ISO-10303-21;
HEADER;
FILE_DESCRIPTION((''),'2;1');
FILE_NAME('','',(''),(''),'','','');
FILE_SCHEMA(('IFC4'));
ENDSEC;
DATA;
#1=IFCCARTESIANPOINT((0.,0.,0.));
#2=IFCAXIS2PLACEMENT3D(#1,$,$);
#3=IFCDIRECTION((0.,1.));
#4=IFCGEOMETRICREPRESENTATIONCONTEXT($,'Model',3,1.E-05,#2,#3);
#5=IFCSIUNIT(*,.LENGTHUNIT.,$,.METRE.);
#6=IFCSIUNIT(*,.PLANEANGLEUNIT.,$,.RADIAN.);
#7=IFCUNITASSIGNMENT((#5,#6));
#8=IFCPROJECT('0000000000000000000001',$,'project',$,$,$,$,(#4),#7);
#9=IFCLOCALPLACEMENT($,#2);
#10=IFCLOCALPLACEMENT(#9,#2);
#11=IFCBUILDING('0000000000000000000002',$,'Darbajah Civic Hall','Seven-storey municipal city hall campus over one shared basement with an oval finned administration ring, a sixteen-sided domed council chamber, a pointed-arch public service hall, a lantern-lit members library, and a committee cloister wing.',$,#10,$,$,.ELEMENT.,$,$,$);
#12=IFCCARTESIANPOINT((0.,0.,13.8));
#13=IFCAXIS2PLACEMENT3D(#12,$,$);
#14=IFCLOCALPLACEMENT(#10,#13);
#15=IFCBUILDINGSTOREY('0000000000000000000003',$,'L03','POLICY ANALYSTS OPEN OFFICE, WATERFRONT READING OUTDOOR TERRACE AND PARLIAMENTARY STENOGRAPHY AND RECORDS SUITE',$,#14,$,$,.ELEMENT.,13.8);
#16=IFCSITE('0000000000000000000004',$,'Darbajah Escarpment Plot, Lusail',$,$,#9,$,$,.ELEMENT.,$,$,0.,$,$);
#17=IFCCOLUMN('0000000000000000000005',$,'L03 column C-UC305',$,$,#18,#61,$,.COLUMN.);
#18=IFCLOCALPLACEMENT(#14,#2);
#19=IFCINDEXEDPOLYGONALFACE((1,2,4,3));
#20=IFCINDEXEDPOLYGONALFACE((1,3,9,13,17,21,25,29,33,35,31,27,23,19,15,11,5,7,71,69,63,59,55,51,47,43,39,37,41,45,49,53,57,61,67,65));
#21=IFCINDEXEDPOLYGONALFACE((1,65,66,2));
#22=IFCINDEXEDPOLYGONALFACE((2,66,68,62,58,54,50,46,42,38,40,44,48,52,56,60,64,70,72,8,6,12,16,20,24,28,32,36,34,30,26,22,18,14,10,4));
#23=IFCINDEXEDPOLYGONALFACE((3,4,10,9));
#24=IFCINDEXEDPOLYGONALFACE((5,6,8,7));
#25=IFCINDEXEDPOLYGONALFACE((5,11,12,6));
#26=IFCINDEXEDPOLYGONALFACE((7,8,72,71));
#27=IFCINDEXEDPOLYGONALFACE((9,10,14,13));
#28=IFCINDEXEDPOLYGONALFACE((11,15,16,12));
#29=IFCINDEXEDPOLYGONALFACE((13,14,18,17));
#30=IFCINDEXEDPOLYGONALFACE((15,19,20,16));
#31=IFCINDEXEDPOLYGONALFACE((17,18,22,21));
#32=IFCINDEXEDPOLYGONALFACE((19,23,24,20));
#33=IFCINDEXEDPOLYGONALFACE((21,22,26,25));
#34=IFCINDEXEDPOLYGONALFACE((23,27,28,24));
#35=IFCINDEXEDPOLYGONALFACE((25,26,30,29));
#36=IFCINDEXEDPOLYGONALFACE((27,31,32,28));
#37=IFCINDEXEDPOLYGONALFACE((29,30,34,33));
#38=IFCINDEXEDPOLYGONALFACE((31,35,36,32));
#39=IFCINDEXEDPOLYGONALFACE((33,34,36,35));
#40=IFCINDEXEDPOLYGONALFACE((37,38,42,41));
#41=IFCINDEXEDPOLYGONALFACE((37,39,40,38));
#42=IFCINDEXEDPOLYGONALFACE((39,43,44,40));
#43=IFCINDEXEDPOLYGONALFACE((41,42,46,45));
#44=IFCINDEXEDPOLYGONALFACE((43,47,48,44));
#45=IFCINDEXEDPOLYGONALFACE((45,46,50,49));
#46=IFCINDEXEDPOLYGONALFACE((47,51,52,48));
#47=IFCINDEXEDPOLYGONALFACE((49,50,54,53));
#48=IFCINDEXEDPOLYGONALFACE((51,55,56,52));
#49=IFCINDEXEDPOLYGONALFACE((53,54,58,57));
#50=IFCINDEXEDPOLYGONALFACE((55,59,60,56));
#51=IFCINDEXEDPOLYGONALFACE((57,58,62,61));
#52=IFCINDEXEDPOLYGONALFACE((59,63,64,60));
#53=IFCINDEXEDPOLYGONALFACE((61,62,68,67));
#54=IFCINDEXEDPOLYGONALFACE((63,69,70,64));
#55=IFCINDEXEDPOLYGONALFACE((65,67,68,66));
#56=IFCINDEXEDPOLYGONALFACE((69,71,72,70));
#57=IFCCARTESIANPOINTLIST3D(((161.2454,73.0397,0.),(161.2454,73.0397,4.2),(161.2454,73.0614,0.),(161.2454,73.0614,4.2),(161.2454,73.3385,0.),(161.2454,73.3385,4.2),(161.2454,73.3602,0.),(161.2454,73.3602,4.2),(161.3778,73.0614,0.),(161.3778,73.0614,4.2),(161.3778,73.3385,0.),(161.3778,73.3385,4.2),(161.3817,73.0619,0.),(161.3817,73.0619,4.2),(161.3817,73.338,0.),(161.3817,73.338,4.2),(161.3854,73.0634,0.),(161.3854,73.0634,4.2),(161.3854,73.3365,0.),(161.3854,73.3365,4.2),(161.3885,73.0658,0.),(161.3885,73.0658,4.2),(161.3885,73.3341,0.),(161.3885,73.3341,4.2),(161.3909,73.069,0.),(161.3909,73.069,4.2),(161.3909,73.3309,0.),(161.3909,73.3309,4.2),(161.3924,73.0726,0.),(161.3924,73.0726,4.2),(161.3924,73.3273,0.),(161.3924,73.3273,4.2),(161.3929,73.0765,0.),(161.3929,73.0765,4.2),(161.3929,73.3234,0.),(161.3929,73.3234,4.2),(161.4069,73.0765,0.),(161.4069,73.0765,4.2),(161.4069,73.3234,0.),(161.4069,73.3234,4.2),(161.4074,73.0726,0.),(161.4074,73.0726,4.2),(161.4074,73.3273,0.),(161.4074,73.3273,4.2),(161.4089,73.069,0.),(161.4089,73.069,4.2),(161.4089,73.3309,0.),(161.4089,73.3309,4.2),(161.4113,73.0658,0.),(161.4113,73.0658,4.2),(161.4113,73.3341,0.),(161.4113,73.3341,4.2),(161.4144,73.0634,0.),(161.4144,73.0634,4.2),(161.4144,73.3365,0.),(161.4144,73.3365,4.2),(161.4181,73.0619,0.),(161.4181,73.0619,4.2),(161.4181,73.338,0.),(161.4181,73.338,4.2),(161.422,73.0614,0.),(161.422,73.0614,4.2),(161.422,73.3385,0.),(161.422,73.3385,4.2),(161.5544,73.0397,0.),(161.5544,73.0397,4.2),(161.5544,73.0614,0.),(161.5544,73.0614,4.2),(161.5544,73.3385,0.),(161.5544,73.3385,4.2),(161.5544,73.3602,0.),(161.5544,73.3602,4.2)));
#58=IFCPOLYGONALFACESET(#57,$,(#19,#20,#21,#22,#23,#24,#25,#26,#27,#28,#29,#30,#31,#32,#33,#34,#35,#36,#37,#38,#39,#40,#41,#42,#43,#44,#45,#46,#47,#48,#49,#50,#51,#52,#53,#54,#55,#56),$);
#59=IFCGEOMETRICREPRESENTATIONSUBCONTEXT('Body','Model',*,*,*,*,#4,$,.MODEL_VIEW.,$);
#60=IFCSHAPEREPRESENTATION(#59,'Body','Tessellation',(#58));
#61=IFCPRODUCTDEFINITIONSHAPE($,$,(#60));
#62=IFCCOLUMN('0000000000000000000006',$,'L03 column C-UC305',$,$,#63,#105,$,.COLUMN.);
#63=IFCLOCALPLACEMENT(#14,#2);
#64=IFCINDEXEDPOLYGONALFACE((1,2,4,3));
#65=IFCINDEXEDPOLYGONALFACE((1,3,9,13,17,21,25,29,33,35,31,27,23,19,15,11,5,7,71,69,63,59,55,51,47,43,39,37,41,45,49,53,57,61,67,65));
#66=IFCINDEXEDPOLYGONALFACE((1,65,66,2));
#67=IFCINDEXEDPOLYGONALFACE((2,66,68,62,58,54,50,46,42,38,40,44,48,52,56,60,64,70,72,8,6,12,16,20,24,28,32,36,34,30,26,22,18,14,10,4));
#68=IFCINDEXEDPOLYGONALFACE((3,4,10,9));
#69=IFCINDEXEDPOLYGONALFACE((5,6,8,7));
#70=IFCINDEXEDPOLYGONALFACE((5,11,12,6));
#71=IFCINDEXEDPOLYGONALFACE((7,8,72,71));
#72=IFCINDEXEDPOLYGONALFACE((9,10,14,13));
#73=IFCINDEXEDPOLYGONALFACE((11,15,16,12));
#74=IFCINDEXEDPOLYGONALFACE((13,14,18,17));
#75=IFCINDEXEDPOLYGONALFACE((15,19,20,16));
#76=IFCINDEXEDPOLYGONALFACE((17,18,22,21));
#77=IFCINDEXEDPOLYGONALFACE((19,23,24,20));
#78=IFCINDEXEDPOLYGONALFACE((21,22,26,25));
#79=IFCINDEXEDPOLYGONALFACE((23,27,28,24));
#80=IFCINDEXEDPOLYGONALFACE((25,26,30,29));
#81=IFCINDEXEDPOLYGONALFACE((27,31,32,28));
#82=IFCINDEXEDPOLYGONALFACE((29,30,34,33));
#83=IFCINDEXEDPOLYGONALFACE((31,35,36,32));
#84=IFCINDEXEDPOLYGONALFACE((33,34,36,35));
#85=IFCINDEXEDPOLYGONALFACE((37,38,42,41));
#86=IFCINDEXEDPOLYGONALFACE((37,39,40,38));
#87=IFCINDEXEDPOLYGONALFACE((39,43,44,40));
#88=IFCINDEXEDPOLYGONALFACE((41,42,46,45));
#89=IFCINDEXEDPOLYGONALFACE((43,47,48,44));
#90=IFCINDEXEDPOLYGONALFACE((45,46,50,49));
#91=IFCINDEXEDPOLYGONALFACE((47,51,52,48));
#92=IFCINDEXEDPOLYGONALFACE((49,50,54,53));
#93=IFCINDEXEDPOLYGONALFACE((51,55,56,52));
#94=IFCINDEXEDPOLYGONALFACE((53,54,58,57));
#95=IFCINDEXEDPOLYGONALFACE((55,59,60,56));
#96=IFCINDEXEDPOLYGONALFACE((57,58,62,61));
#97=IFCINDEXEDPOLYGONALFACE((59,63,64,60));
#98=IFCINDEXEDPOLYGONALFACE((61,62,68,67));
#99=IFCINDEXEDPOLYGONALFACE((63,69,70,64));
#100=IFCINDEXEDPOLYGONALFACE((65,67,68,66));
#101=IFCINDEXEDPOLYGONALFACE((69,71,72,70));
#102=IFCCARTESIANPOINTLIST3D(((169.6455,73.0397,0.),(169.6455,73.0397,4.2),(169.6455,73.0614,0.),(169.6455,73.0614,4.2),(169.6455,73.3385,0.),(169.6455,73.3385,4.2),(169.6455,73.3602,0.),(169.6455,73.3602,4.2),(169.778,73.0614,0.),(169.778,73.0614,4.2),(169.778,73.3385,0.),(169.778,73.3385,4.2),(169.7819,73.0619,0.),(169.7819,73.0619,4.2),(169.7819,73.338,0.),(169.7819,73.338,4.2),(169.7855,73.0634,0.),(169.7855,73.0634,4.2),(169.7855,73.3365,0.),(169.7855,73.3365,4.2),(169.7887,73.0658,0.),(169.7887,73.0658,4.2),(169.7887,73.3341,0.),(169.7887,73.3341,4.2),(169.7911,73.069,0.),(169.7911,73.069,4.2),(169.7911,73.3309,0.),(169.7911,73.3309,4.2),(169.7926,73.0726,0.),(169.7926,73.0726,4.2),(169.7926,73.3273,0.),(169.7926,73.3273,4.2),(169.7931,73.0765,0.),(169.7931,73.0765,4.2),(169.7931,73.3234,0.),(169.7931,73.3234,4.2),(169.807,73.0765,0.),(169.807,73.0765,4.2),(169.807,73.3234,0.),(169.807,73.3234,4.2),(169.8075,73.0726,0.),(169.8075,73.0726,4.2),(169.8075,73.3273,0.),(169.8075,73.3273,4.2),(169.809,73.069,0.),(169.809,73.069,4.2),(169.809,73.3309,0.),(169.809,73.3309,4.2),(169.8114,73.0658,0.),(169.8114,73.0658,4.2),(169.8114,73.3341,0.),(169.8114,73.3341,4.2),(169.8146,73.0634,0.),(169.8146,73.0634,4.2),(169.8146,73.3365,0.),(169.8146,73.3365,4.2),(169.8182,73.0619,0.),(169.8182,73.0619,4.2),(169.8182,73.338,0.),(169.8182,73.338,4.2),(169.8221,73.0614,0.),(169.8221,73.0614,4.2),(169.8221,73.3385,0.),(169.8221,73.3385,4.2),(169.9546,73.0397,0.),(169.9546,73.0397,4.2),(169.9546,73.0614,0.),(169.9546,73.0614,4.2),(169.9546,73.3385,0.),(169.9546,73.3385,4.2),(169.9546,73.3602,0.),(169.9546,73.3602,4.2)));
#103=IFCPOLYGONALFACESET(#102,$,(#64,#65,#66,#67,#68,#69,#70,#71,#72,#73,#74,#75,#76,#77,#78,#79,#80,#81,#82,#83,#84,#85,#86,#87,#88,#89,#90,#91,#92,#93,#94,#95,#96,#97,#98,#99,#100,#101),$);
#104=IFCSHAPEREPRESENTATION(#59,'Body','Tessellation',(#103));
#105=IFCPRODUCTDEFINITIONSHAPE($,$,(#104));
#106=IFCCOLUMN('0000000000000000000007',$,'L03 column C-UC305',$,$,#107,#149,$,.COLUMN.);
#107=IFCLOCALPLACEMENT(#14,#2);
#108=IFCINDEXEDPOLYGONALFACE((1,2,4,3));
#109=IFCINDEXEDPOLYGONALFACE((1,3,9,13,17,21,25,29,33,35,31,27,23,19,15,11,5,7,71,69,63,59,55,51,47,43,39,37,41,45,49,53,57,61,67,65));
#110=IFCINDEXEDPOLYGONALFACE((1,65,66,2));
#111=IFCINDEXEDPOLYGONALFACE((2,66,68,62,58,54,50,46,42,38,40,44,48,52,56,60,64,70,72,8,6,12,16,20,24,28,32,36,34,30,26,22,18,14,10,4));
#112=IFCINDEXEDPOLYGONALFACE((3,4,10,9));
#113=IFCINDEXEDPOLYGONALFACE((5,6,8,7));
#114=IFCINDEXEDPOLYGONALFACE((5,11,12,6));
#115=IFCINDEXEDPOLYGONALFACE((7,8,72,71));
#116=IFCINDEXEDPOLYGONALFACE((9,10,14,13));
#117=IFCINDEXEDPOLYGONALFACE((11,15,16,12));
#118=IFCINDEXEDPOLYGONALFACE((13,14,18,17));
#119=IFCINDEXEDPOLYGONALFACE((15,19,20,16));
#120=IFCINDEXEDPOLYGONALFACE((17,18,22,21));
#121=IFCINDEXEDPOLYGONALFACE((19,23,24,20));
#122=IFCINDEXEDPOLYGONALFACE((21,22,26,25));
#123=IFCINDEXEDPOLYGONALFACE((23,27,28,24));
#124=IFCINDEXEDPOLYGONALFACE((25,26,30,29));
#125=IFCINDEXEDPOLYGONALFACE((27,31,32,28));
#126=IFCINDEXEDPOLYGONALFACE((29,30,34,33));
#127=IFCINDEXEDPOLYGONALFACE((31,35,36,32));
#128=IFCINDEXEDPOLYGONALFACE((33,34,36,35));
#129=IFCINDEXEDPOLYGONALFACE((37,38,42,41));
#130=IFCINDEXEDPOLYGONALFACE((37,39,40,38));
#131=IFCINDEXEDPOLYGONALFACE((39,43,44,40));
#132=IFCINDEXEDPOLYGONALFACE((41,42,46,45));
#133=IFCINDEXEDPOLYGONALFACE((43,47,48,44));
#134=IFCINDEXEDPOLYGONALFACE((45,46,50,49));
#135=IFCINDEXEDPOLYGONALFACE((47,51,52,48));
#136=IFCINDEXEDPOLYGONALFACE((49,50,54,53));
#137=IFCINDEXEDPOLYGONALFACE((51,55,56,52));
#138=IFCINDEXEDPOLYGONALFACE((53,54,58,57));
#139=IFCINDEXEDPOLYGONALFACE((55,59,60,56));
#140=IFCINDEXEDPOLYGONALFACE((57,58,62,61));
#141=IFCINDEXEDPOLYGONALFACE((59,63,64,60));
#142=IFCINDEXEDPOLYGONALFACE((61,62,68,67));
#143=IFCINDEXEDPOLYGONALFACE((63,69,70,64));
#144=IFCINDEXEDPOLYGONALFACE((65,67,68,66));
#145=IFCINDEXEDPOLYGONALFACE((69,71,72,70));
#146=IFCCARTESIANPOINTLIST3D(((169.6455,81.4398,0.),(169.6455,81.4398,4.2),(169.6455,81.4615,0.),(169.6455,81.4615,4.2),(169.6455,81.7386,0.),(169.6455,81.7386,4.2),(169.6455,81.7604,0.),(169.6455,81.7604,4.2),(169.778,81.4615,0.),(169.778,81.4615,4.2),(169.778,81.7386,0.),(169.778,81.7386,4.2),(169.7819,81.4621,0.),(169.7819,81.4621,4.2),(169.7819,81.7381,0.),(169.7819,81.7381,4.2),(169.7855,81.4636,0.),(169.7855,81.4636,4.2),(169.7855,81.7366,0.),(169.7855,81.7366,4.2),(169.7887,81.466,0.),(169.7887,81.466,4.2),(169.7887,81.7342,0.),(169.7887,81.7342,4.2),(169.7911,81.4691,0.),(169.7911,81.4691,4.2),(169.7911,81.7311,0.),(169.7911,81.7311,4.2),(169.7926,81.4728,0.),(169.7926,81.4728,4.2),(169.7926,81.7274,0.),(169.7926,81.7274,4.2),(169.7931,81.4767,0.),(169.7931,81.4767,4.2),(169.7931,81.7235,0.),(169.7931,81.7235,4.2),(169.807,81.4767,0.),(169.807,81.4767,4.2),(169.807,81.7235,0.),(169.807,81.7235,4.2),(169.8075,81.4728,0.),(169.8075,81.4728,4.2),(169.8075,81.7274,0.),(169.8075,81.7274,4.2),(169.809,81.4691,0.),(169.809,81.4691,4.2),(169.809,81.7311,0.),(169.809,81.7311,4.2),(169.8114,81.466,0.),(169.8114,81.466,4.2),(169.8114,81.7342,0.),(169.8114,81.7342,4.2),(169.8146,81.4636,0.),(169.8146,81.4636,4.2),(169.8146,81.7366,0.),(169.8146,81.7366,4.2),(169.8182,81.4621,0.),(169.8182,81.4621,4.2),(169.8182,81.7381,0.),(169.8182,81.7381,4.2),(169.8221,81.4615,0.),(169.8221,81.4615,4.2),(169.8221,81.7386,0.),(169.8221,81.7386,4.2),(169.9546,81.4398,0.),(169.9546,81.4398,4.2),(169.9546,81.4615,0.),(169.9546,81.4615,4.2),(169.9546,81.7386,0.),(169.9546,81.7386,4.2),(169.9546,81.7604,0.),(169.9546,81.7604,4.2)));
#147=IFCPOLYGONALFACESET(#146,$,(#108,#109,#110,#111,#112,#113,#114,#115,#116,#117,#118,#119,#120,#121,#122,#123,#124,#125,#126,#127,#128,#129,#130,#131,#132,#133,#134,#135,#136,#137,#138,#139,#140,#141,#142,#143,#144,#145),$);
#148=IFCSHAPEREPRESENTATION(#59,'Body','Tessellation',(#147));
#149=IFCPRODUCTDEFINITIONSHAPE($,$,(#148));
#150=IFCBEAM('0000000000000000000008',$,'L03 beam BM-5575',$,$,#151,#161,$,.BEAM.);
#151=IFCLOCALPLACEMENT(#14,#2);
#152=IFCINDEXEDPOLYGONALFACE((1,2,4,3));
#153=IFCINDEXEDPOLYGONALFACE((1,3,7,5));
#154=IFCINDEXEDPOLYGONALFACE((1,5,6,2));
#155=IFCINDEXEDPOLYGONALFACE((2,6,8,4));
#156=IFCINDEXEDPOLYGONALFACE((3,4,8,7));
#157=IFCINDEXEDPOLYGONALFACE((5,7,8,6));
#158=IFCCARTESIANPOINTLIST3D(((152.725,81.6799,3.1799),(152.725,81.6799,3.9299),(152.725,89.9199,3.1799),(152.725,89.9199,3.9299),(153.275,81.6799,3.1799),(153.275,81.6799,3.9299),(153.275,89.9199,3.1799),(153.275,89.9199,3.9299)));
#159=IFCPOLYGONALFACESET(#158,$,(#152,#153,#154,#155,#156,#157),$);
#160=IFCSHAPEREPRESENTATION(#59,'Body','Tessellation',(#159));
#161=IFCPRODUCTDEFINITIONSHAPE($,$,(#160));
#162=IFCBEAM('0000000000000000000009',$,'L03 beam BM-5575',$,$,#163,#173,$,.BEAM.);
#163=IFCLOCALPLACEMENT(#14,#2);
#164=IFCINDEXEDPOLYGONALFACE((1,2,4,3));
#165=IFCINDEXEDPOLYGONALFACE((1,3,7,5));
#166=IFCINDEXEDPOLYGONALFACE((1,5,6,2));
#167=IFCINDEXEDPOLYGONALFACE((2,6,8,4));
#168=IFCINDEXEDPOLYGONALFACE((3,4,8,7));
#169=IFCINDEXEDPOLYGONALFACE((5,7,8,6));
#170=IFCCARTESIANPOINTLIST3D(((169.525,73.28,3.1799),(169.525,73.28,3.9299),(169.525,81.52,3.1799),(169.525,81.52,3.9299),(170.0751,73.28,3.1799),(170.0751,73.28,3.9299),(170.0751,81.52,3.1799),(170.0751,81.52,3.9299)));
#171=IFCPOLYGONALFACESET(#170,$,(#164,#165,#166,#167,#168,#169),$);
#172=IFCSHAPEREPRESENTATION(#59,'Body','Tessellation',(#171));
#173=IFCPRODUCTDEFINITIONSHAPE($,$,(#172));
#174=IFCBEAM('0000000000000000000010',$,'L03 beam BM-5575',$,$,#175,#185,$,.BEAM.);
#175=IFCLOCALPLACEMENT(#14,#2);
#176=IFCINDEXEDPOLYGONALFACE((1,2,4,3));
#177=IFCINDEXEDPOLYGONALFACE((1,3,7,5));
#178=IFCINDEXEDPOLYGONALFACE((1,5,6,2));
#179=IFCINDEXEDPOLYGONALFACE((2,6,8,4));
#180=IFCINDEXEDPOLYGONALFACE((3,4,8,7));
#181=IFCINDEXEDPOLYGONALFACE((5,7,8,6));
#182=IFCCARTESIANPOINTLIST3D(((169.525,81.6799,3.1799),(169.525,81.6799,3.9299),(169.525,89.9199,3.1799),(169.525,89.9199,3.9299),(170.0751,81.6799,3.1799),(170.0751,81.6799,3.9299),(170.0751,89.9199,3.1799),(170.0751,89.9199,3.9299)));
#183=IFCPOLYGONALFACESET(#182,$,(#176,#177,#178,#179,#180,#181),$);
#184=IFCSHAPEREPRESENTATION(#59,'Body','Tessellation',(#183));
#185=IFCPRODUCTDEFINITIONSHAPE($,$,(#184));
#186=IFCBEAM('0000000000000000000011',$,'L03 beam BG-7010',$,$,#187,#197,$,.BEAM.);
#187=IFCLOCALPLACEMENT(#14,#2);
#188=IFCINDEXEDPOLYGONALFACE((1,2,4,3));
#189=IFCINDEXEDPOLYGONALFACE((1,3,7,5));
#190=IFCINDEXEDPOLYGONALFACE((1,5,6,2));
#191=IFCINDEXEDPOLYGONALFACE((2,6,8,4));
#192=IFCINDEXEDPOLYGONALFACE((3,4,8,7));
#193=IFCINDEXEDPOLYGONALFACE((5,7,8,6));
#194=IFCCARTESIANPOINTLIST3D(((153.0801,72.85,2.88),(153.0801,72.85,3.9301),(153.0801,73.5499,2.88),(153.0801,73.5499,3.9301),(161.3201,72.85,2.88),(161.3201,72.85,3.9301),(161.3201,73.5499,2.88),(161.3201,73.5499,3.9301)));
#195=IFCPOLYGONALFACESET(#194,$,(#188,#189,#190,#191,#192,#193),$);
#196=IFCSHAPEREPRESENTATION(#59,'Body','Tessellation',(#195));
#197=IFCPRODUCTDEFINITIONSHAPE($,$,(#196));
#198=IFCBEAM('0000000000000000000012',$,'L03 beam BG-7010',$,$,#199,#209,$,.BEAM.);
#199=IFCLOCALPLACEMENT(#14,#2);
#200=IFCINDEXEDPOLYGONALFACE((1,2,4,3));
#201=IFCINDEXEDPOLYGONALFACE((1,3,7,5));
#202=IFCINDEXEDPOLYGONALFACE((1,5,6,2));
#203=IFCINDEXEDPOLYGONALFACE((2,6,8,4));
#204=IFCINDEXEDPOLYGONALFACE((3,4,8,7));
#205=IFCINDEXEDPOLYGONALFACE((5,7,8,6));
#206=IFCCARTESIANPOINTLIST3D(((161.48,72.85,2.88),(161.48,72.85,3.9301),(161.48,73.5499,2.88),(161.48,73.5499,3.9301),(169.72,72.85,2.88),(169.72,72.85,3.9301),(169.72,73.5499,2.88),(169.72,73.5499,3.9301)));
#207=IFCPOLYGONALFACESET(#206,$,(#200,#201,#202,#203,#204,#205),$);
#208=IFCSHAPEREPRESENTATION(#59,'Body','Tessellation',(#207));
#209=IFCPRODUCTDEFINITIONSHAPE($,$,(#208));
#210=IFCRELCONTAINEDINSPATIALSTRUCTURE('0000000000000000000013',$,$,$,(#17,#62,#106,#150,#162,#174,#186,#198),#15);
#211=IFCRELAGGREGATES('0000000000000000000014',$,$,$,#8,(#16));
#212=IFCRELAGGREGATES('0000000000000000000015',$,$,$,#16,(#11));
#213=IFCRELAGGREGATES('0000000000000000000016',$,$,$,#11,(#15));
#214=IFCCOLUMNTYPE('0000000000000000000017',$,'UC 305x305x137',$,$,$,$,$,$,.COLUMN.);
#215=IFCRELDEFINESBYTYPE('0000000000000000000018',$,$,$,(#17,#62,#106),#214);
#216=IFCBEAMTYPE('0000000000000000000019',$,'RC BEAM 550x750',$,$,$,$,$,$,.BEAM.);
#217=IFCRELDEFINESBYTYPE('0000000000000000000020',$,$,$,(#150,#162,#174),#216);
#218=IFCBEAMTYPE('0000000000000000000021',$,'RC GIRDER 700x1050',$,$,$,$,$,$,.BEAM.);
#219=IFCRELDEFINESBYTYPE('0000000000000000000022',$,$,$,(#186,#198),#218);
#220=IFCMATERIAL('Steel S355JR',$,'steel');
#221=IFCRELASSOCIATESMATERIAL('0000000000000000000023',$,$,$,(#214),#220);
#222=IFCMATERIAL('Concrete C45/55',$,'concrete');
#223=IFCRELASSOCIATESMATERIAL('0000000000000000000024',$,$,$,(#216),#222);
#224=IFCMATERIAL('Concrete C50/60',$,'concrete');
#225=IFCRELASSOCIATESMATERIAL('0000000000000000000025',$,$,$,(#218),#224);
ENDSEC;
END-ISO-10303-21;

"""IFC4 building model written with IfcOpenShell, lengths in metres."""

from ifc_helpers import new_model, si_unit, direction, frame, origin, origin_2d, place, context, subcontext, project, spatial, rectangle, i_section, extrude, material, material_profile, profile_set, type_object, element, save


model = new_model("IFC4")

# Units and contexts
model_context = context("Model", 3, precision=1e-05, world=origin(), true_north=direction((0.0, 1.0)))
body_context = subcontext(model_context, "Body", "Model", "MODEL_VIEW")
ifc_project = project(units=[si_unit("LENGTHUNIT", "METRE"), si_unit("PLANEANGLEUNIT", "RADIAN")], contexts=[model_context])

# Site, building, storey
site_placement = place(None, origin())
site = spatial("IfcSite", under=ifc_project, at=site_placement, Name="Darbajah Escarpment Plot, Lusail", CompositionType="ELEMENT", RefElevation=0.0)
building_placement = place(site_placement, origin())
building = spatial("IfcBuilding", under=site, at=building_placement, Name="Darbajah Civic Hall", Description="Seven-storey municipal city hall campus over one shared basement with an oval finned administration ring, a sixteen-sided domed council chamber, a pointed-arch public service hall, a lantern-lit members library, and a committee cloister wing.", CompositionType="ELEMENT")
storey_placement = place(building_placement, frame((0.0, 0.0, 13.8)))
storey = spatial("IfcBuildingStorey", under=building, at=storey_placement, Name="L03", Description="POLICY ANALYSTS OPEN OFFICE, WATERFRONT READING OUTDOOR TERRACE AND PARLIAMENTARY STENOGRAPHY AND RECORDS SUITE", CompositionType="ELEMENT", Elevation=13.8)

# Columns
ifc_material_1 = material(Name="Steel S355JR", Category="steel")
ifc_material_profile_1 = material_profile(ifc_material_1, i_section(OverallWidth=0.3091, OverallDepth=0.3206, WebThickness=0.0139, FlangeThickness=0.0217, FilletRadius=0.0151, at=origin_2d()), Name="UC 305x305x137")
ifc_profile_set_1 = profile_set([ifc_material_profile_1], Name="Steel S355JR")
column_type = type_object("IfcColumnType", Name="UC 305x305x137", PredefinedType="COLUMN", material=ifc_profile_set_1)
for number, where, z_axis, x_axis, name in (
    (1, (161.3999, 73.2, 0.0), (0.0, 0.0, 1.0), (1.0, 0.0, 0.0), "L03 column C-UC305"),
    (2, (169.8, 73.2, 0.0), (0.0, 0.0, 1.0), (1.0, 0.0, 0.0), "L03 column C-UC305"),
    (3, (169.8, 81.6001, 0.0), (0.0, 0.0, 1.0), (1.0, 0.0, 0.0), "L03 column C-UC305"),
):
    element("IfcColumn", number, at=place(storey_placement, frame(where, z_axis=z_axis, x_axis=x_axis)), inside=storey, type_object=column_type, Name=name, PredefinedType="COLUMN", context=body_context, shape_type="SweptSolid", body=[
        extrude(i_section(OverallWidth=0.3091, OverallDepth=0.3206, WebThickness=0.0139, FlangeThickness=0.0217, FilletRadius=0.0151, at=origin_2d()), origin(), (0.0, 0.0, 1.0), 4.2),
    ])

# Beams
ifc_material_2 = material(Name="Concrete C45/55", Category="concrete")
ifc_material_profile_2 = material_profile(ifc_material_2, rectangle(XDim=0.55, YDim=0.75, at=origin_2d()), Name="RC BEAM 550x750")
ifc_profile_set_2 = profile_set([ifc_material_profile_2], Name="Concrete C45/55")
beam_type_1 = type_object("IfcBeamType", Name="RC BEAM 550x750", PredefinedType="BEAM", material=ifc_profile_set_2)
for number, where, z_axis, x_axis, name in (
    (4, (153.0, 81.6799, 3.5549), (0.0, 1.0, 0.0), (-1.0, 0.0, 0.0), "L03 beam BM-5575"),
    (5, (169.8, 73.28, 3.5549), (0.0, 1.0, 0.0), (-1.0, 0.0, 0.0), "L03 beam BM-5575"),
    (6, (169.8, 81.6799, 3.5549), (0.0, 1.0, 0.0), (-1.0, 0.0, 0.0), "L03 beam BM-5575"),
):
    element("IfcBeam", number, at=place(storey_placement, frame(where, z_axis=z_axis, x_axis=x_axis)), inside=storey, type_object=beam_type_1, Name=name, PredefinedType="BEAM", context=body_context, shape_type="SweptSolid", body=[
        extrude(rectangle(XDim=0.55, YDim=0.75, at=origin_2d()), origin(), (0.0, 0.0, 1.0), 8.24),
    ])
ifc_material_3 = material(Name="Concrete C50/60", Category="concrete")
ifc_material_profile_3 = material_profile(ifc_material_3, rectangle(XDim=0.7, YDim=1.05, at=origin_2d()), Name="RC GIRDER 700x1050")
ifc_profile_set_3 = profile_set([ifc_material_profile_3], Name="Concrete C50/60")
beam_type_2 = type_object("IfcBeamType", Name="RC GIRDER 700x1050", PredefinedType="BEAM", material=ifc_profile_set_3)
for number, where, z_axis, x_axis, name in (
    (7, (153.0801, 73.2, 3.405), (1.0, 0.0, 0.0), (0.0, 1.0, 0.0), "L03 beam BG-7010"),
    (8, (161.48, 73.2, 3.405), (1.0, 0.0, 0.0), (0.0, 1.0, 0.0), "L03 beam BG-7010"),
):
    element("IfcBeam", number, at=place(storey_placement, frame(where, z_axis=z_axis, x_axis=x_axis)), inside=storey, type_object=beam_type_2, Name=name, PredefinedType="BEAM", context=body_context, shape_type="SweptSolid", body=[
        extrude(rectangle(XDim=0.7, YDim=1.05, at=origin_2d()), origin(), (0.0, 0.0, 1.0), 8.24),
    ])

save(model, "model.ifc")
